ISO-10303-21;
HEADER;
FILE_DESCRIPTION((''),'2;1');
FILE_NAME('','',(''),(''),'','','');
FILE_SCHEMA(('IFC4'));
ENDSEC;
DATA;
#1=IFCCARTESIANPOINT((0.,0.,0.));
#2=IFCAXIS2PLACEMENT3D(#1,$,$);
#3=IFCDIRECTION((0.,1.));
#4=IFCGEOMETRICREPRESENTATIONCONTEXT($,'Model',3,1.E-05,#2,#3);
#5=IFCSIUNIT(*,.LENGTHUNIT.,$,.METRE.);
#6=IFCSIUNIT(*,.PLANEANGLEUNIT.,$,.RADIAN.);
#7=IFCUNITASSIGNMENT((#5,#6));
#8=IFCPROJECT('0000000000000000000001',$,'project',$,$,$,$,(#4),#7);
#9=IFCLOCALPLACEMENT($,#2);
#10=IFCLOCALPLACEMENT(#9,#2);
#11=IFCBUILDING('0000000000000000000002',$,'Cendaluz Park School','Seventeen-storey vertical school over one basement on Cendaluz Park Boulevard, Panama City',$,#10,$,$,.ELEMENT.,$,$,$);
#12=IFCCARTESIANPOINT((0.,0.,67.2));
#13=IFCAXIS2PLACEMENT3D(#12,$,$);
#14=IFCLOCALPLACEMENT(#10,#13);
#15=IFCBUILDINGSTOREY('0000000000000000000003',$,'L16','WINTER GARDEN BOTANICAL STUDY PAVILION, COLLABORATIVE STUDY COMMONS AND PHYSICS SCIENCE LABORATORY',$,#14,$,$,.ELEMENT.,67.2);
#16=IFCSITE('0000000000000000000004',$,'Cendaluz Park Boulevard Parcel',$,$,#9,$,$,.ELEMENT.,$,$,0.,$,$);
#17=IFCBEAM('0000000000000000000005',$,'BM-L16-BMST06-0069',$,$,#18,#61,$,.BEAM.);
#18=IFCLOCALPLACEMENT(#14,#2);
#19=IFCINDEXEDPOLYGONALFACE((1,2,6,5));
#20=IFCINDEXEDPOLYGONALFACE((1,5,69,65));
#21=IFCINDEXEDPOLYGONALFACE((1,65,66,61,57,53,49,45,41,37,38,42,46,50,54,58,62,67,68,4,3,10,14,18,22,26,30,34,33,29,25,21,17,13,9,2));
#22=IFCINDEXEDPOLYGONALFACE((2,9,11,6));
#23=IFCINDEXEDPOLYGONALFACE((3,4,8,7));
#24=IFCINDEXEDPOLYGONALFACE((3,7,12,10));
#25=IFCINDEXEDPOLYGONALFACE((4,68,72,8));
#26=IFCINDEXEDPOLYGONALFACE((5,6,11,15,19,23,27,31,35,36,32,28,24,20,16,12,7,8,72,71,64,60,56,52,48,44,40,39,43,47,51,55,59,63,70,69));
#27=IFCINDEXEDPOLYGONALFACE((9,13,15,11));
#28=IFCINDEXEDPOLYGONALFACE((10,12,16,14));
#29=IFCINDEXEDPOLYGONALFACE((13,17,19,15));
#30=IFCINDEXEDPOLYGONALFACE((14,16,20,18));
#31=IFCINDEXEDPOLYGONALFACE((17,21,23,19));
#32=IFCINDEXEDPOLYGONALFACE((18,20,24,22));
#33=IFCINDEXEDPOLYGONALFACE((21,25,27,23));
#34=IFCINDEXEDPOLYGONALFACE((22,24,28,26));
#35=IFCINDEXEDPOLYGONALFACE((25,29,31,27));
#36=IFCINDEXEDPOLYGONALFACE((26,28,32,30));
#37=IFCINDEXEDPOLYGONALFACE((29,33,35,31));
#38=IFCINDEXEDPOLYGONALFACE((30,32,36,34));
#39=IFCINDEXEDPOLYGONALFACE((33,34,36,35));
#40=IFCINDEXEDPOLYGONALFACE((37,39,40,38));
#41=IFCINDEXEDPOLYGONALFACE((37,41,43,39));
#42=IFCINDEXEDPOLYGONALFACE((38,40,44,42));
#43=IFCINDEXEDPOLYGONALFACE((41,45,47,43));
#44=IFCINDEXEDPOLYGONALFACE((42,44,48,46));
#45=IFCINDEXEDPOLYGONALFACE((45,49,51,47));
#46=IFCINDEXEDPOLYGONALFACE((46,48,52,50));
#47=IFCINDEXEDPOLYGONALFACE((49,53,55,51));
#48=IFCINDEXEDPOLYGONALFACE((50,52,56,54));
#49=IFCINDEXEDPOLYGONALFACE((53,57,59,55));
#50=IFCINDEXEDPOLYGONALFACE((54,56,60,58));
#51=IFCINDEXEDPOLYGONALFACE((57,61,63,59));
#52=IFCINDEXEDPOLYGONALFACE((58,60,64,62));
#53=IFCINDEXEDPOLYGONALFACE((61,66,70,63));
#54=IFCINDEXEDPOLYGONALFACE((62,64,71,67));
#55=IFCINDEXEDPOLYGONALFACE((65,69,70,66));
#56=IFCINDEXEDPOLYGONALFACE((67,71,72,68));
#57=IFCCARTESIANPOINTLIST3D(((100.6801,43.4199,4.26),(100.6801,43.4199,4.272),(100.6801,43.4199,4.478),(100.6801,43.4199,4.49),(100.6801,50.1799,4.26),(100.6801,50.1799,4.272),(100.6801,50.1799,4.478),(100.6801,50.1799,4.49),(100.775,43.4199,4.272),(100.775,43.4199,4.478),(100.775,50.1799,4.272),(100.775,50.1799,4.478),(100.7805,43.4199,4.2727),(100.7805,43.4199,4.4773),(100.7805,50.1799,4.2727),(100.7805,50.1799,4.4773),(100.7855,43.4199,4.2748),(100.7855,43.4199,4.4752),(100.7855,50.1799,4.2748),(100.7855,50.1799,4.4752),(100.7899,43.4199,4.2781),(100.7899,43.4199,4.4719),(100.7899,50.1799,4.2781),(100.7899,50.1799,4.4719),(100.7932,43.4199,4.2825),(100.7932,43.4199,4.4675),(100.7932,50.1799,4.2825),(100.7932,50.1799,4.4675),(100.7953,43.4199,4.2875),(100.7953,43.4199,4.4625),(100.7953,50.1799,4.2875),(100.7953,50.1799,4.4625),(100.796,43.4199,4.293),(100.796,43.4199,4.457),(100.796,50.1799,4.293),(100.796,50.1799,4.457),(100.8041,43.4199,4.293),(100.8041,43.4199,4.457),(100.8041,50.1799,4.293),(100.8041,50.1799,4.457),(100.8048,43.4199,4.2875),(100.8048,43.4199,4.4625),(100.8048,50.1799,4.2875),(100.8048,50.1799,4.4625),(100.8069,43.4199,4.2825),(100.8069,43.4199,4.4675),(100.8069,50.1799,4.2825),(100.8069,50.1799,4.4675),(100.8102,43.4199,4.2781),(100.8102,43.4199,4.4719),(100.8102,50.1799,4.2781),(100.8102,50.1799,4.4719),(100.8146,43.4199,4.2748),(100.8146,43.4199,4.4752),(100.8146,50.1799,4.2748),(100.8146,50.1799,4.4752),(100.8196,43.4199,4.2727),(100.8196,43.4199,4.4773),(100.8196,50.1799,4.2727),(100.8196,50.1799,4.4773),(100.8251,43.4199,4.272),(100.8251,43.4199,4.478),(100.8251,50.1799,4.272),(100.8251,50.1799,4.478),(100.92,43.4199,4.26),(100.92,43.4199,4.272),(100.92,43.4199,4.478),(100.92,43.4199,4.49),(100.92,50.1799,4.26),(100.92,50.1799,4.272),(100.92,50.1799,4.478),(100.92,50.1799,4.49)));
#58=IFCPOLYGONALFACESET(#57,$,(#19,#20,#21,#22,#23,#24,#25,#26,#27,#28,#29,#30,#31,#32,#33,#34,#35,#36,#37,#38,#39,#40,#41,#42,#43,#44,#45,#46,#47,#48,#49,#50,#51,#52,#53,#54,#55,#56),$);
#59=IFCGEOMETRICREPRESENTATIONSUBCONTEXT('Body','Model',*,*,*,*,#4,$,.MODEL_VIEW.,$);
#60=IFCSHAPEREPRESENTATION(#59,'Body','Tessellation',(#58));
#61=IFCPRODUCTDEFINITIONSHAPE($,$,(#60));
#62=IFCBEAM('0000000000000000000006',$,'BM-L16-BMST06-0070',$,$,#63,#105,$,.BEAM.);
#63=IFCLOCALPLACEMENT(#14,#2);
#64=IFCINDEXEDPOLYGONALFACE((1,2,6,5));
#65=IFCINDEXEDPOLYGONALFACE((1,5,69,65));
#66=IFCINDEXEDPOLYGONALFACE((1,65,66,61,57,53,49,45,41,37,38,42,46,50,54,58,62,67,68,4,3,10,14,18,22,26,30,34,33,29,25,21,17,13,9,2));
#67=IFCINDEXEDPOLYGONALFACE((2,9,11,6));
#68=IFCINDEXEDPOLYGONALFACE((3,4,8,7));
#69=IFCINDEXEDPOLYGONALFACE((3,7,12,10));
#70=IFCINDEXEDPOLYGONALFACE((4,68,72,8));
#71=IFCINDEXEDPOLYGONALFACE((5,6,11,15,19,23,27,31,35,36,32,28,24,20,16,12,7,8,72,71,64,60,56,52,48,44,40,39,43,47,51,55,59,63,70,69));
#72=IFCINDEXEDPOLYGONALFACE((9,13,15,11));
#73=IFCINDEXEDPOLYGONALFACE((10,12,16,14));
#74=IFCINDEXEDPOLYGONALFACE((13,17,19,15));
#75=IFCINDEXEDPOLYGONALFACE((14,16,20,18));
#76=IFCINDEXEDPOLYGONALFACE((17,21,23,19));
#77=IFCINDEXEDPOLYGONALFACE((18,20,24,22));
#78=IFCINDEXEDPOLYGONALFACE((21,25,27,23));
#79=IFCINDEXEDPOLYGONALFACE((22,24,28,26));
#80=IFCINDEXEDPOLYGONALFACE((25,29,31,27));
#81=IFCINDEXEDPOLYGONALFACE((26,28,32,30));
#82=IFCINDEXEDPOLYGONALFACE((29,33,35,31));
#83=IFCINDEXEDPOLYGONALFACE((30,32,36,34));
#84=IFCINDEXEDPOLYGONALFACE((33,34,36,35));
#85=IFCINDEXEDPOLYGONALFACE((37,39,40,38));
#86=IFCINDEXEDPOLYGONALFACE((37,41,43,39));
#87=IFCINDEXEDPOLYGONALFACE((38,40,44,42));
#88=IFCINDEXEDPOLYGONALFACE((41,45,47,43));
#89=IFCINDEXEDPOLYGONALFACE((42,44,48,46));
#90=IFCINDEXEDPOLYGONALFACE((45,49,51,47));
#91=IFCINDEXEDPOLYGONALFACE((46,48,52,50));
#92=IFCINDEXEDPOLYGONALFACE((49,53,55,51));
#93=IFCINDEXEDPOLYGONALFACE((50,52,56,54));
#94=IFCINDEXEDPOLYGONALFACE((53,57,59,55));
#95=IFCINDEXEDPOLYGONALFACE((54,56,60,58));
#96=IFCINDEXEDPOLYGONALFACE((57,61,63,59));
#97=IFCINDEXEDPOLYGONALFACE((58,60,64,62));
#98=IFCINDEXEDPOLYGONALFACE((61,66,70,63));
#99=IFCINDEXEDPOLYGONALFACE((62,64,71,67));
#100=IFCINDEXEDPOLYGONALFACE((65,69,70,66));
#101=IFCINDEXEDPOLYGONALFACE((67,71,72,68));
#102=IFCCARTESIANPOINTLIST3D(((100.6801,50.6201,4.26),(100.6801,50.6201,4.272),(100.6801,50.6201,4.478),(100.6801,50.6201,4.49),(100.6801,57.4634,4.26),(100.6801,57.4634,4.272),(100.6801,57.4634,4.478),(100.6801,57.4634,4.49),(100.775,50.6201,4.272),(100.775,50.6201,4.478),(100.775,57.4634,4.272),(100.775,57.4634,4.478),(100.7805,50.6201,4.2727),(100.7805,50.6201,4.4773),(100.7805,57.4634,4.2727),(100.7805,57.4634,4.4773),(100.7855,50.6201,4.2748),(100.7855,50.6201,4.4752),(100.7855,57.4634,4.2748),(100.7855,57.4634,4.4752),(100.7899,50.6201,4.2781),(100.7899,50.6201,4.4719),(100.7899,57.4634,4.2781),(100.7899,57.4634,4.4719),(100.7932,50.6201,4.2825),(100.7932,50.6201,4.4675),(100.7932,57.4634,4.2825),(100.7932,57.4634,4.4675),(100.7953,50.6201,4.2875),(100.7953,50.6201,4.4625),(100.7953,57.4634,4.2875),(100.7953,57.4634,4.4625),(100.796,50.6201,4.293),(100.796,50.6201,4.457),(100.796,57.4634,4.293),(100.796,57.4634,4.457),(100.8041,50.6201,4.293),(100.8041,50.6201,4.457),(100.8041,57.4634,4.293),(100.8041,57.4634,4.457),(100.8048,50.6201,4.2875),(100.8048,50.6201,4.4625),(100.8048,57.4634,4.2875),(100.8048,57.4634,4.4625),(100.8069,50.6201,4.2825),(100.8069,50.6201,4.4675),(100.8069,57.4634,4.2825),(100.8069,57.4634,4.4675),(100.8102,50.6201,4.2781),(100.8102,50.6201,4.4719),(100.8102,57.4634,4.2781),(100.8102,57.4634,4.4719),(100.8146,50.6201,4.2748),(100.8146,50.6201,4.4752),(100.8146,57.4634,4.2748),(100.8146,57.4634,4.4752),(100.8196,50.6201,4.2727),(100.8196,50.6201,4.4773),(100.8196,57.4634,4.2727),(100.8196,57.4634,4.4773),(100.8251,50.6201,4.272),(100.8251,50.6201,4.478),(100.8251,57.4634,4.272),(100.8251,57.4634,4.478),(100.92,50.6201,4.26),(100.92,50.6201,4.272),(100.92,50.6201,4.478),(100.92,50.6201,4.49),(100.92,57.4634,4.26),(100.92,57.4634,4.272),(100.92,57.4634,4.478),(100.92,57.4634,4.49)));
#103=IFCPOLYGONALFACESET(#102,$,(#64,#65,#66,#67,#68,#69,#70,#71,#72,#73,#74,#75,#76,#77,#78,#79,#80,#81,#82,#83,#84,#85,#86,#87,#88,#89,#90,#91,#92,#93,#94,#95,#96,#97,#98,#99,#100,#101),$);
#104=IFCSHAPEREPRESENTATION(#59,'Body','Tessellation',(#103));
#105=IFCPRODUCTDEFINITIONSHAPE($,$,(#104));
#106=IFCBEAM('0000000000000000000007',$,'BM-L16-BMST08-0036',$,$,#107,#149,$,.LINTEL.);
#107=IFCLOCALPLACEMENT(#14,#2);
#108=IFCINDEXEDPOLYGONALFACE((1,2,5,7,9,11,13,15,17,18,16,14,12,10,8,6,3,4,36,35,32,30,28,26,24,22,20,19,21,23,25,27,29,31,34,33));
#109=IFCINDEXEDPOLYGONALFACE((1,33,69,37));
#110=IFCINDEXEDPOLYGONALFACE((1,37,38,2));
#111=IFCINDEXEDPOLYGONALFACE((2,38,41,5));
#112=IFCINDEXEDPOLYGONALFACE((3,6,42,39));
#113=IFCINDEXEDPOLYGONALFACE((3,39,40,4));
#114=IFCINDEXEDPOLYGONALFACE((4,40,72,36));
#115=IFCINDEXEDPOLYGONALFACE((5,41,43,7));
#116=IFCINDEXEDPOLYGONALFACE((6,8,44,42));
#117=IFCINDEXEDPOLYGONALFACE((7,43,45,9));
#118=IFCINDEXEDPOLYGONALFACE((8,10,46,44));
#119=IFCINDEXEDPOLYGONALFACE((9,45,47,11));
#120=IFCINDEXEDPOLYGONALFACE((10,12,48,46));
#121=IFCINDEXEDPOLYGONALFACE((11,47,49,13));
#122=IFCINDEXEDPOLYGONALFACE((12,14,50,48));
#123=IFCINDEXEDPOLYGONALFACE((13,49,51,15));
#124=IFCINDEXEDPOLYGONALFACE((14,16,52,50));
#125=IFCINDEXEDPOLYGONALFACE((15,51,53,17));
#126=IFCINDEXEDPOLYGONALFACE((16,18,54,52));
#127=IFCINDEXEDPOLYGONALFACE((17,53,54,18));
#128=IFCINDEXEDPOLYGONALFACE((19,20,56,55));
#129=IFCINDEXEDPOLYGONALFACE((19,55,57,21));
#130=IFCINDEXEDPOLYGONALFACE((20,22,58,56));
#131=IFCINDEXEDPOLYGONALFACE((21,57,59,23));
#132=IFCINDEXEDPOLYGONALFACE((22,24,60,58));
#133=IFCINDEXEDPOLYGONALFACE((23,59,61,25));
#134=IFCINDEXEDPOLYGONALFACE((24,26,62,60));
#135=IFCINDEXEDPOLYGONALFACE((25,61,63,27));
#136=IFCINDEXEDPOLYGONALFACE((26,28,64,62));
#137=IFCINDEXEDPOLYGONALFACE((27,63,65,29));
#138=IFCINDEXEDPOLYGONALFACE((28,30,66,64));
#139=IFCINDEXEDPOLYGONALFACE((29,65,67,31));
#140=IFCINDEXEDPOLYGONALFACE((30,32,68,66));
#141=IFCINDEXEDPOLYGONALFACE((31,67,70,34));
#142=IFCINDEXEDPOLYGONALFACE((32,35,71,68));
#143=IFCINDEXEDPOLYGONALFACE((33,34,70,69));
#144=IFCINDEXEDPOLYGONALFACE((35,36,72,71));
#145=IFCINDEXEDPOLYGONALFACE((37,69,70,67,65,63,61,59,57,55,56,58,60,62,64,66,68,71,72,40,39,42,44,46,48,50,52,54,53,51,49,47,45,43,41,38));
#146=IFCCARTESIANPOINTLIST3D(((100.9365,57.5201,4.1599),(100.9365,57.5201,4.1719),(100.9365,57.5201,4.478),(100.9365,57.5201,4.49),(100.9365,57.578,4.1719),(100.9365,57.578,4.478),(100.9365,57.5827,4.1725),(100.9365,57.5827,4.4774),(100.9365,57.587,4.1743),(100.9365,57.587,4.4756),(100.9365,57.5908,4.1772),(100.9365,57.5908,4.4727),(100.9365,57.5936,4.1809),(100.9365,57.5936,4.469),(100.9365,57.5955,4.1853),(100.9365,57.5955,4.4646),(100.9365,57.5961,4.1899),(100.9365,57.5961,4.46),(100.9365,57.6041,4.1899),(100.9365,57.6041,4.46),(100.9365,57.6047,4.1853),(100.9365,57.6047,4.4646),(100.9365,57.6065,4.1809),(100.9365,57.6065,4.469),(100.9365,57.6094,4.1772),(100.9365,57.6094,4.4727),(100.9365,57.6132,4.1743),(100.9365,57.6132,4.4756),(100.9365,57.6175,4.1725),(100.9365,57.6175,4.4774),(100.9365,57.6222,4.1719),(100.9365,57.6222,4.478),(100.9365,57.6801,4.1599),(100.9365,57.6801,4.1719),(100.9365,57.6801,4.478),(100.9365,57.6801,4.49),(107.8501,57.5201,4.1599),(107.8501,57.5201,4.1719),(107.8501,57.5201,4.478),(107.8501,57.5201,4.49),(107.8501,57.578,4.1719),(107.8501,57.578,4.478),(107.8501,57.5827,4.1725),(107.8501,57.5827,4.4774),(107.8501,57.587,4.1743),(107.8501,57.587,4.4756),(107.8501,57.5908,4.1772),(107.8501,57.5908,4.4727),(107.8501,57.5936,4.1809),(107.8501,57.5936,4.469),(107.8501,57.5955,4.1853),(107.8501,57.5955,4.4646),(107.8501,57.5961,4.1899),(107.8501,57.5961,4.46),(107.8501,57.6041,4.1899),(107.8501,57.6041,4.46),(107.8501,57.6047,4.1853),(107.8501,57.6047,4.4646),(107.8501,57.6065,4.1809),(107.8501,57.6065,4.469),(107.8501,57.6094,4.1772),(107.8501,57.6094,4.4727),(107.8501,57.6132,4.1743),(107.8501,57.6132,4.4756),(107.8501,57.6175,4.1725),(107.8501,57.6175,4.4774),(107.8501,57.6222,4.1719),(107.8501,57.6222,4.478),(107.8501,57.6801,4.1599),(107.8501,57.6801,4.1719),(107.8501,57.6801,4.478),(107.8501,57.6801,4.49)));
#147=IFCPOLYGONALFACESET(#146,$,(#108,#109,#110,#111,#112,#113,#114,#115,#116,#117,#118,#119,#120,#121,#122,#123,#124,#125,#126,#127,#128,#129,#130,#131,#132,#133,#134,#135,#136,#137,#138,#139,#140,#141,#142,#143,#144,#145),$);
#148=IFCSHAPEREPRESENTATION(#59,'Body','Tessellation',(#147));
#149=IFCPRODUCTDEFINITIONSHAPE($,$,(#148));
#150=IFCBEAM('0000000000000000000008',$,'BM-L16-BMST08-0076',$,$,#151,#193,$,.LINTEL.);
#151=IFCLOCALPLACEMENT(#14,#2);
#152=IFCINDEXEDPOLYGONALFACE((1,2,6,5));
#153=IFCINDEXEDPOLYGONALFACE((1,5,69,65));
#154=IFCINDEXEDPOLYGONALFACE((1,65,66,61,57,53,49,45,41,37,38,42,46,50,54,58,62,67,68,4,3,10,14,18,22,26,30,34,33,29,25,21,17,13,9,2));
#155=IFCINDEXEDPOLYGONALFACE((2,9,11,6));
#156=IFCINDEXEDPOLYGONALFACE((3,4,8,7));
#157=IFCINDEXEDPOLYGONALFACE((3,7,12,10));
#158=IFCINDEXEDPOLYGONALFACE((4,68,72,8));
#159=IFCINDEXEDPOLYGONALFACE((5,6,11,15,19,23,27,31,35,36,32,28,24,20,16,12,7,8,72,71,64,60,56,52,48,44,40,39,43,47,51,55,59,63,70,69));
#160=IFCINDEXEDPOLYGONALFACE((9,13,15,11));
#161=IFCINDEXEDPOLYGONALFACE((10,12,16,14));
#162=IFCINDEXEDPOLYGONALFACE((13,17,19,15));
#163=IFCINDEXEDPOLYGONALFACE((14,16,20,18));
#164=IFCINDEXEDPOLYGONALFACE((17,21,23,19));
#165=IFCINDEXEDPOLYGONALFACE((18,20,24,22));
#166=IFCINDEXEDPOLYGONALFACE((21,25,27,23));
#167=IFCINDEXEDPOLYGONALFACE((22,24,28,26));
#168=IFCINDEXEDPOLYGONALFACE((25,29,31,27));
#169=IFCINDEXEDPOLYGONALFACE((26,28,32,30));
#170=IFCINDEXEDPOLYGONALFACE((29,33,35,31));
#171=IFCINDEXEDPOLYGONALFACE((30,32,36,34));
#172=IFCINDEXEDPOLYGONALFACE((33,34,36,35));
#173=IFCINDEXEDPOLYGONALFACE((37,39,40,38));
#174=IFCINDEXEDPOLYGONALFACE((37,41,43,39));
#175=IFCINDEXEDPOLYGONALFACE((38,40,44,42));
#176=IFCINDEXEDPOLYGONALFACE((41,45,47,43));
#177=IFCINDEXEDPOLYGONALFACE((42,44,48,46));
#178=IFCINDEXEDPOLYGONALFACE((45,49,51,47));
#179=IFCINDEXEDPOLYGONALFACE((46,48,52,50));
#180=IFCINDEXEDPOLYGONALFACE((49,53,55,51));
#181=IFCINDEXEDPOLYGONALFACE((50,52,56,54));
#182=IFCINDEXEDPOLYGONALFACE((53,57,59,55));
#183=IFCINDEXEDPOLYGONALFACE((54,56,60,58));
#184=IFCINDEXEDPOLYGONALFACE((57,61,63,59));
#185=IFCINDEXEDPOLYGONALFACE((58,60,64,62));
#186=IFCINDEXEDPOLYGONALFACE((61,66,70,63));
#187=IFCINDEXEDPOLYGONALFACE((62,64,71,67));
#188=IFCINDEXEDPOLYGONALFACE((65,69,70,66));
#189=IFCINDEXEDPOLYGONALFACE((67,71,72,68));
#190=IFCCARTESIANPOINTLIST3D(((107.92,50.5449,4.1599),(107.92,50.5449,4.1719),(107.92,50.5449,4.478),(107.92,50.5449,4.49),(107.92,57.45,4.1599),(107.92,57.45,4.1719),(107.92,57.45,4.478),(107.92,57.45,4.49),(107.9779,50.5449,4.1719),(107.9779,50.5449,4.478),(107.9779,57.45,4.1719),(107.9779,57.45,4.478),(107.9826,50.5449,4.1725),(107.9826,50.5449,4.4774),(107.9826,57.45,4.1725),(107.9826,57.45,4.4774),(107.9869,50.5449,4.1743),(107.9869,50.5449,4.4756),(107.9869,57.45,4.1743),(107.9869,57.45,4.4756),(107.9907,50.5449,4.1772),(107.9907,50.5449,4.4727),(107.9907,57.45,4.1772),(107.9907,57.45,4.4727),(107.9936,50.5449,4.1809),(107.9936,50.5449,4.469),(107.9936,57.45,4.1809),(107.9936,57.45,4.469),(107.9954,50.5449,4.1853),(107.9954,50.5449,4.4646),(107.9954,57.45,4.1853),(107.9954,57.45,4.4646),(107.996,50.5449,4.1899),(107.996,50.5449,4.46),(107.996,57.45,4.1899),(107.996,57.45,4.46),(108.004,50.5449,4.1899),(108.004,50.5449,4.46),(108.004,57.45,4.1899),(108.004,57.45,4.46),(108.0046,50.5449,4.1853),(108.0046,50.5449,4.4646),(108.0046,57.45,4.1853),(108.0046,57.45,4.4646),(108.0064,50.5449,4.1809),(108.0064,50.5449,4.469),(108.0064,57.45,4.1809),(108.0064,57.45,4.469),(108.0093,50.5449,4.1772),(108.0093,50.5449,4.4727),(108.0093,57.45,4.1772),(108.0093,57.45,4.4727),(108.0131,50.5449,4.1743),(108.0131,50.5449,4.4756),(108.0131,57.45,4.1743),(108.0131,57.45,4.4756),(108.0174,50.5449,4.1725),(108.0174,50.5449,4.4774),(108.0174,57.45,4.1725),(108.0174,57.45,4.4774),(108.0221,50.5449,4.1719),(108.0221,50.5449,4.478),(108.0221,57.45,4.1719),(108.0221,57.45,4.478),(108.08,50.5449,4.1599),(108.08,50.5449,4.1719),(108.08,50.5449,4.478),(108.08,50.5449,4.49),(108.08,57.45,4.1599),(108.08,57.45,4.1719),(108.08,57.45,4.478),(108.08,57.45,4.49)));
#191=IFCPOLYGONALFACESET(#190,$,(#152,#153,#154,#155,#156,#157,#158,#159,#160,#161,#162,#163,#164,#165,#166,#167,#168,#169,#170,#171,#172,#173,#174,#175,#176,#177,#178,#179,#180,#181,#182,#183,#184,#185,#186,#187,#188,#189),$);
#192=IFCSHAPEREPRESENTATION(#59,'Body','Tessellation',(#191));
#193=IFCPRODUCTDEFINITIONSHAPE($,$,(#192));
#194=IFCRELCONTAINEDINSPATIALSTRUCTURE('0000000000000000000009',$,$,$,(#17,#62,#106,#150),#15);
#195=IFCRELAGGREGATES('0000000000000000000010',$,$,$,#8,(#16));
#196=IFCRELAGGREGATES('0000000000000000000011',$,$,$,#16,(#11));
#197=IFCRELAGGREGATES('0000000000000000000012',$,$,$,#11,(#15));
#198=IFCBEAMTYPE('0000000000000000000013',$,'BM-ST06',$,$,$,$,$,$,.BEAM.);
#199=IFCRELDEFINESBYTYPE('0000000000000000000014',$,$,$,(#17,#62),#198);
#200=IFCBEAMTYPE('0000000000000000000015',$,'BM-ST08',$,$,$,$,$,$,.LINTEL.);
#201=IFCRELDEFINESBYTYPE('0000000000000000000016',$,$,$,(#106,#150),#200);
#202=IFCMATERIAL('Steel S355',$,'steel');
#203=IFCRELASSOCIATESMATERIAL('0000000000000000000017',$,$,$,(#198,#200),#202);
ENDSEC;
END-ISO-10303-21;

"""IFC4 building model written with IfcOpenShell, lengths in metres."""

from ifc_helpers import new_model, si_unit, direction, frame, origin, origin_2d, place, context, subcontext, project, spatial, i_section, extrude, material, material_profile, profile_set, type_object, element, save


model = new_model("IFC4")

# Units and contexts
model_context = context("Model", 3, precision=1e-05, world=origin(), true_north=direction((0.0, 1.0)))
body_context = subcontext(model_context, "Body", "Model", "MODEL_VIEW")
ifc_project = project(units=[si_unit("LENGTHUNIT", "METRE"), si_unit("PLANEANGLEUNIT", "RADIAN")], contexts=[model_context])

# Site, building, storey
site_placement = place(None, origin())
site = spatial("IfcSite", under=ifc_project, at=site_placement, Name="Cendaluz Park Boulevard Parcel", CompositionType="ELEMENT", RefElevation=0.0)
building_placement = place(site_placement, origin())
building = spatial("IfcBuilding", under=site, at=building_placement, Name="Cendaluz Park School", Description="Seventeen-storey vertical school over one basement on Cendaluz Park Boulevard, Panama City", CompositionType="ELEMENT")
storey_placement = place(building_placement, frame((0.0, 0.0, 67.2)))
storey = spatial("IfcBuildingStorey", under=building, at=storey_placement, Name="L16", Description="WINTER GARDEN BOTANICAL STUDY PAVILION, COLLABORATIVE STUDY COMMONS AND PHYSICS SCIENCE LABORATORY", CompositionType="ELEMENT", Elevation=67.2)

# Shared definitions
ifc_material_1 = material(Name="Steel S355", Category="steel")

# Beams
ifc_material_profile_1 = material_profile(ifc_material_1, i_section(OverallWidth=0.24, OverallDepth=0.23, WebThickness=0.0081, FlangeThickness=0.012, FilletRadius=0.021, at=origin_2d()), Name="HEA 240", Category="steel")
ifc_profile_set_1 = profile_set([ifc_material_profile_1], Name="Steel S355")
beam_type_1 = type_object("IfcBeamType", Name="BM-ST06", PredefinedType="BEAM", material=ifc_profile_set_1)
beam_1_placement = place(storey_placement, frame((100.8, 43.4199, 4.375), z_axis=(0.0, 1.0, 0.0), x_axis=(-1.0, 0.0, 0.0)))
element("IfcBeam", 1, at=beam_1_placement, inside=storey, type_object=beam_type_1, Name="BM-L16-BMST06-0069", PredefinedType="BEAM", context=body_context, shape_type="SweptSolid", body=[
    extrude(i_section(OverallWidth=0.24, OverallDepth=0.23, WebThickness=0.0081, FlangeThickness=0.012, FilletRadius=0.021, at=origin_2d()), origin(), (0.0, 0.0, 1.0), 6.76),
])
beam_2_placement = place(storey_placement, frame((100.8, 50.6201, 4.375), z_axis=(0.0, 1.0, 0.0), x_axis=(-1.0, 0.0, 0.0)))
element("IfcBeam", 2, at=beam_2_placement, inside=storey, type_object=beam_type_1, Name="BM-L16-BMST06-0070", PredefinedType="BEAM", context=body_context, shape_type="SweptSolid", body=[
    extrude(i_section(OverallWidth=0.24, OverallDepth=0.23, WebThickness=0.0081, FlangeThickness=0.012, FilletRadius=0.021, at=origin_2d()), origin(), (0.0, 0.0, 1.0), 6.8433),
])
ifc_material_profile_2 = material_profile(ifc_material_1, i_section(OverallWidth=0.1599, OverallDepth=0.3301, WebThickness=0.0081, FlangeThickness=0.012, FilletRadius=0.0181, at=origin_2d()), Name="IPE 330", Category="steel")
ifc_profile_set_2 = profile_set([ifc_material_profile_2], Name="Steel S355")
beam_type_2 = type_object("IfcBeamType", Name="BM-ST08", PredefinedType="LINTEL", material=ifc_profile_set_2)
beam_3_placement = place(storey_placement, frame((100.9365, 57.6001, 4.325), z_axis=(1.0, 0.0, 0.0), x_axis=(0.0, 1.0, 0.0)))
element("IfcBeam", 3, at=beam_3_placement, inside=storey, type_object=beam_type_2, Name="BM-L16-BMST08-0036", PredefinedType="LINTEL", context=body_context, shape_type="SweptSolid", body=[
    extrude(i_section(OverallWidth=0.1599, OverallDepth=0.3301, WebThickness=0.0081, FlangeThickness=0.012, FilletRadius=0.0181, at=origin_2d()), origin(), (0.0, 0.0, 1.0), 6.9136),
])
beam_4_placement = place(storey_placement, frame((108.0, 50.5449, 4.325), z_axis=(0.0, 1.0, 0.0), x_axis=(-1.0, 0.0, 0.0)))
element("IfcBeam", 4, at=beam_4_placement, inside=storey, type_object=beam_type_2, Name="BM-L16-BMST08-0076", PredefinedType="LINTEL", context=body_context, shape_type="SweptSolid", body=[
    extrude(i_section(OverallWidth=0.1599, OverallDepth=0.3301, WebThickness=0.0081, FlangeThickness=0.012, FilletRadius=0.0181, at=origin_2d()), origin(), (0.0, 0.0, 1.0), 6.905),
])

save(model, "model.ifc")
